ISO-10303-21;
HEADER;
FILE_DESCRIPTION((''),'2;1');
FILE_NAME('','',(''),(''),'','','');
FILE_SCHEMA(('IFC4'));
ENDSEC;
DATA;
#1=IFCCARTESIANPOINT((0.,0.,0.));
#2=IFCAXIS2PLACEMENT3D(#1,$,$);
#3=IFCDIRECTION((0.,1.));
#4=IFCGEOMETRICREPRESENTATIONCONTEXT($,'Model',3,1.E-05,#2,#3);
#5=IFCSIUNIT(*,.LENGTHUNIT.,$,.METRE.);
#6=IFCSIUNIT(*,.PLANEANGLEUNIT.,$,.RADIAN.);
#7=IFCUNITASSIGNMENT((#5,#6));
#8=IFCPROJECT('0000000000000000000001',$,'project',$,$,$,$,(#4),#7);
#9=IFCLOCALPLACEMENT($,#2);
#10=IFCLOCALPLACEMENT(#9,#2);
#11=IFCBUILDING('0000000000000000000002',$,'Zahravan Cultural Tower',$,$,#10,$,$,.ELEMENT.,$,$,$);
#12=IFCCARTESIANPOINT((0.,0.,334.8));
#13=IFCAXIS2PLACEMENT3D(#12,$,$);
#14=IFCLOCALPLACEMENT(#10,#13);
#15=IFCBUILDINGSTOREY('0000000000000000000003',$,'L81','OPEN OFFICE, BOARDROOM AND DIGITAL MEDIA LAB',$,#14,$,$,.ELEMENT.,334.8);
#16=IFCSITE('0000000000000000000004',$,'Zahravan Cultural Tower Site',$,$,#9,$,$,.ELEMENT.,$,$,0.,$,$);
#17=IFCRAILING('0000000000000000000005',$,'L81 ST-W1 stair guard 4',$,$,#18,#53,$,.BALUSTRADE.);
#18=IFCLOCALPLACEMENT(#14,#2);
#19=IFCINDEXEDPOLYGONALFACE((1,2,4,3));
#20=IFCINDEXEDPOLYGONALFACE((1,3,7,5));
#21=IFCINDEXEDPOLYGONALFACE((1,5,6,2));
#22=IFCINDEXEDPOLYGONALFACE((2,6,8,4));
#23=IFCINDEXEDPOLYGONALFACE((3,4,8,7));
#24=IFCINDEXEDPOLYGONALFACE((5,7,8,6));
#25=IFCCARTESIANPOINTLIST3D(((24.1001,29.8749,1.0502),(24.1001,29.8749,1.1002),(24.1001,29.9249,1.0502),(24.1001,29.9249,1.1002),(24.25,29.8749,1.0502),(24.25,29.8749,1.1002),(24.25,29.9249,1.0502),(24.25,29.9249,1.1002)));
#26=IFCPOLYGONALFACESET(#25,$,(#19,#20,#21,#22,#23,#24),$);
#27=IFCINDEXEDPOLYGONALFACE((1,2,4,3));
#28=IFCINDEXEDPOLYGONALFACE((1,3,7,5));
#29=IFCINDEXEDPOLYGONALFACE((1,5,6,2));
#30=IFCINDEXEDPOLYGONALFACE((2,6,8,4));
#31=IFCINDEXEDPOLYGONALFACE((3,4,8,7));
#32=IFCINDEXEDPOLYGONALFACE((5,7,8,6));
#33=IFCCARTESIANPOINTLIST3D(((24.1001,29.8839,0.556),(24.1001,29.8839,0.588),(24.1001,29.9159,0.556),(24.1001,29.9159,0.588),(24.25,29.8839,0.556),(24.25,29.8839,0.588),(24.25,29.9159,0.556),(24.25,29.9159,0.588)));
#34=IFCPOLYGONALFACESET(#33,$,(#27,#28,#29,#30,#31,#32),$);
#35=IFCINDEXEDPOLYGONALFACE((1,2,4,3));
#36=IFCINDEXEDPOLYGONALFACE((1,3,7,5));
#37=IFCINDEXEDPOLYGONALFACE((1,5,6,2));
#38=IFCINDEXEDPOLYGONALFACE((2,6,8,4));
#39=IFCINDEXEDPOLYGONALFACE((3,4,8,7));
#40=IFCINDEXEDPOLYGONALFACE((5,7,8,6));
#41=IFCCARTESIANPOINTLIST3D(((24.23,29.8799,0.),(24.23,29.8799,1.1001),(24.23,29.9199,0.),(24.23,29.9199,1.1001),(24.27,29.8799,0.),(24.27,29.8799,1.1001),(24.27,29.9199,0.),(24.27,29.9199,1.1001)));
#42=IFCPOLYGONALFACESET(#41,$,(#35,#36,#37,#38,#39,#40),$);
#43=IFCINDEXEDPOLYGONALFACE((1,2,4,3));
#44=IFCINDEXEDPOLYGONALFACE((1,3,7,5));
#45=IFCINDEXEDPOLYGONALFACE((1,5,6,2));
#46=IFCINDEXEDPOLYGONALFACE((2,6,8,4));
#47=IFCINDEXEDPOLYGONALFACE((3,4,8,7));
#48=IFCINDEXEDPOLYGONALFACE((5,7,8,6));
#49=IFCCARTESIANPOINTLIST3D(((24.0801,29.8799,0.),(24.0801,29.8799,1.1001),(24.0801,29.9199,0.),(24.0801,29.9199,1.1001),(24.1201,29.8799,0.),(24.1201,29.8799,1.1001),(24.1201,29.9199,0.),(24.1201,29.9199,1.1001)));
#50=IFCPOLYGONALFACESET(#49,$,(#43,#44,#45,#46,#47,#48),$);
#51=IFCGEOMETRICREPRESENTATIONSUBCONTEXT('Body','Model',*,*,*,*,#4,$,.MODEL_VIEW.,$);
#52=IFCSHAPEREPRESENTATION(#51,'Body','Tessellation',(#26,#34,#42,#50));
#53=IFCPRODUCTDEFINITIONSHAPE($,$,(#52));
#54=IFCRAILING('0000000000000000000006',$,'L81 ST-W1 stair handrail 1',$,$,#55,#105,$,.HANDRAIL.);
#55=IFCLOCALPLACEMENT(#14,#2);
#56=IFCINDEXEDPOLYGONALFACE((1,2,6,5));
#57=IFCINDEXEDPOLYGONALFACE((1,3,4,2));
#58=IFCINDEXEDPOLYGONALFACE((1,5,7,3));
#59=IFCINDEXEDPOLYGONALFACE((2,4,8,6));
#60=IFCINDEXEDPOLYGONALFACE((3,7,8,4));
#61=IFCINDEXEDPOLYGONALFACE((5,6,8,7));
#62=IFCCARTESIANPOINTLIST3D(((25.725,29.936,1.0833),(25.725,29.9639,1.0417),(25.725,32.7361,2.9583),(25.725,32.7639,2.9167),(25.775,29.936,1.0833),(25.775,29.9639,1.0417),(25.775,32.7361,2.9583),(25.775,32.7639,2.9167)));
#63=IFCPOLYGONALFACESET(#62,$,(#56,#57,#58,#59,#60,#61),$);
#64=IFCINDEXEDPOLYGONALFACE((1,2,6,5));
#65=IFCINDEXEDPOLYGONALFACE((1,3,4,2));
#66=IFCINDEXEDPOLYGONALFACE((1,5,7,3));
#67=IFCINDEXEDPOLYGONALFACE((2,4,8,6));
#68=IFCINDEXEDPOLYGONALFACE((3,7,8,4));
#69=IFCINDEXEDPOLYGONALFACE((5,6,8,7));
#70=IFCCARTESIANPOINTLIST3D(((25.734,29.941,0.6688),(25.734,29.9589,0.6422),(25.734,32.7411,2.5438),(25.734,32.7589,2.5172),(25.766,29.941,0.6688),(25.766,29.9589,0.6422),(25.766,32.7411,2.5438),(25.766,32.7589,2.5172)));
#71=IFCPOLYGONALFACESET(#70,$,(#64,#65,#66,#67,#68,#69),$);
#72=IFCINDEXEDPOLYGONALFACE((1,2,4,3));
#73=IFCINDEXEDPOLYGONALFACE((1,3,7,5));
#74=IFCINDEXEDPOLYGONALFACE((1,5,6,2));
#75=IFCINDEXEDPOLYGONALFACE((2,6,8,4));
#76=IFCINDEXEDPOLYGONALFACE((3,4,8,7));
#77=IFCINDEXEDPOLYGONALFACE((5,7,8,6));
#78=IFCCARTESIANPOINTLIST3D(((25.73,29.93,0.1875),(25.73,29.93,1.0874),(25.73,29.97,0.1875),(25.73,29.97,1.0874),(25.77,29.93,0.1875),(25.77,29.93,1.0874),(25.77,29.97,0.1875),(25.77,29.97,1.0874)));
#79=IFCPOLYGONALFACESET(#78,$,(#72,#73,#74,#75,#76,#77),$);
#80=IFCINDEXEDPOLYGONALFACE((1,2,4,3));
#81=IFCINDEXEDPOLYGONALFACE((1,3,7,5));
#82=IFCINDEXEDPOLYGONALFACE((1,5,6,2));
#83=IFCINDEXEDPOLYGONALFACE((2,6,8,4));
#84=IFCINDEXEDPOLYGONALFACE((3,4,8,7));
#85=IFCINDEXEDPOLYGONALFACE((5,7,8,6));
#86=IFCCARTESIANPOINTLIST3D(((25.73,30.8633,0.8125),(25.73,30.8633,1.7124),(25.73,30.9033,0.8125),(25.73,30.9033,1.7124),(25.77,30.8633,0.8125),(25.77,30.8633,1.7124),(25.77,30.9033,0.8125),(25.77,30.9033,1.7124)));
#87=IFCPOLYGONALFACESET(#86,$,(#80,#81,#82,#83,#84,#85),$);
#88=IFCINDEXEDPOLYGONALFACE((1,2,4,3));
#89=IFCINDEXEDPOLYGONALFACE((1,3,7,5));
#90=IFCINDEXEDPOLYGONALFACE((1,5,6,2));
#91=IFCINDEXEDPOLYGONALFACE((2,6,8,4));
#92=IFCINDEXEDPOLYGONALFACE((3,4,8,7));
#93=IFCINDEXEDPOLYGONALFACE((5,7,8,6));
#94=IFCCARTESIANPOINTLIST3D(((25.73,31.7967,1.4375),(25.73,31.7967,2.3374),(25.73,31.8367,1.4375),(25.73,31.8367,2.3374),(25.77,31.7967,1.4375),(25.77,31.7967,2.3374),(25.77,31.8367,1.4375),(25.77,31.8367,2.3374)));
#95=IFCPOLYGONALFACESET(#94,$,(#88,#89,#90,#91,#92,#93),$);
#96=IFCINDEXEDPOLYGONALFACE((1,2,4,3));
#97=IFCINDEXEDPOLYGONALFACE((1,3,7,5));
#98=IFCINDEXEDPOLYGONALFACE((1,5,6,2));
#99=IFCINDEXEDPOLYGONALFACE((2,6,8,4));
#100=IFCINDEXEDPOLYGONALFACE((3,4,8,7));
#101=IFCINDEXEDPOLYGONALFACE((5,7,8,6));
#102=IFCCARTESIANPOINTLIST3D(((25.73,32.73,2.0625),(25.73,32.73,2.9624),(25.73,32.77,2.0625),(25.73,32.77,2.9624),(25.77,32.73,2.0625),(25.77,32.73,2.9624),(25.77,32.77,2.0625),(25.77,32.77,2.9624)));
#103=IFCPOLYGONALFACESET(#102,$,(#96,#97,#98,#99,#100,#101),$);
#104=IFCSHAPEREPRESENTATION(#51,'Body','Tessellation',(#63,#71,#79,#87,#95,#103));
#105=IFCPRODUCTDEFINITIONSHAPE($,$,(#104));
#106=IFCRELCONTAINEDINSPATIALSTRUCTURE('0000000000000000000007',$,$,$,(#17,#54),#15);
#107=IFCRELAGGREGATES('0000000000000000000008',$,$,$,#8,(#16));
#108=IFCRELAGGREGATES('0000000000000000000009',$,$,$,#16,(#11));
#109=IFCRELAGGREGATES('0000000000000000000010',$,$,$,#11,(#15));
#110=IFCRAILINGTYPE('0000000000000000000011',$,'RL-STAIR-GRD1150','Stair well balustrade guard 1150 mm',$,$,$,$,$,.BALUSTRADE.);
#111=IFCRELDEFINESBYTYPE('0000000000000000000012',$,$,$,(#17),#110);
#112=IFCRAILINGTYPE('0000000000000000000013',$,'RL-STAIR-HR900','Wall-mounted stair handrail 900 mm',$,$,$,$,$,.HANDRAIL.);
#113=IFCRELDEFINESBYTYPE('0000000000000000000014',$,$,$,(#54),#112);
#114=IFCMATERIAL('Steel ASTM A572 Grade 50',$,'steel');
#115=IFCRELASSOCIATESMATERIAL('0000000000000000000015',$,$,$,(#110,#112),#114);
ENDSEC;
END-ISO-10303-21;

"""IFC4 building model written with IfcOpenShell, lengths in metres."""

from ifc_helpers import new_model, si_unit, direction, frame, origin, origin_2d, place, context, subcontext, project, spatial, rectangle, extrude, material, type_object, element, save


model = new_model("IFC4")

# Units and contexts
model_context = context("Model", 3, precision=1e-05, world=origin(), true_north=direction((0.0, 1.0)))
body_context = subcontext(model_context, "Body", "Model", "MODEL_VIEW")
ifc_project = project(units=[si_unit("LENGTHUNIT", "METRE"), si_unit("PLANEANGLEUNIT", "RADIAN")], contexts=[model_context])

# Site, building, storey
site_placement = place(None, origin())
site = spatial("IfcSite", under=ifc_project, at=site_placement, Name="Zahravan Cultural Tower Site", CompositionType="ELEMENT", RefElevation=0.0)
building_placement = place(site_placement, origin())
building = spatial("IfcBuilding", under=site, at=building_placement, Name="Zahravan Cultural Tower", CompositionType="ELEMENT")
storey_placement = place(building_placement, frame((0.0, 0.0, 334.8)))
storey = spatial("IfcBuildingStorey", under=building, at=storey_placement, Name="L81", Description="OPEN OFFICE, BOARDROOM AND DIGITAL MEDIA LAB", CompositionType="ELEMENT", Elevation=334.8)

# Shared definitions
ifc_material_1 = material(Name="Steel ASTM A572 Grade 50", Category="steel")

# Railings
railing_type_1 = type_object("IfcRailingType", Name="RL-STAIR-GRD1150", Description="Stair well balustrade guard 1150 mm", PredefinedType="BALUSTRADE", material=ifc_material_1)
railing_1_placement = place(storey_placement, frame((24.25, 29.8999, 0.0)))
element("IfcRailing", 1, at=railing_1_placement, inside=storey, type_object=railing_type_1, Name="L81 ST-W1 stair guard 4", PredefinedType="BALUSTRADE", context=body_context, shape_type="SweptSolid", body=[
    extrude(rectangle(XDim=0.05, YDim=0.05, at=origin_2d()), frame((0.0, 0.0, 1.0752), z_axis=(-1.0, 0.0, 0.0), x_axis=(0.0, -1.0, 0.0)), (0.0, 0.0, 1.0), 0.1499),
    extrude(rectangle(XDim=0.032, YDim=0.032, at=origin_2d()), frame((0.0, 0.0, 0.572), z_axis=(-1.0, 0.0, 0.0), x_axis=(0.0, -1.0, 0.0)), (0.0, 0.0, 1.0), 0.1499),
    extrude(rectangle(XDim=0.04, YDim=0.04, at=origin_2d()), origin(), (0.0, 0.0, 1.0), 1.1001),
    extrude(rectangle(XDim=0.04, YDim=0.04, at=origin_2d()), frame((-0.1499, 0.0, 0.0)), (0.0, 0.0, 1.0), 1.1001),
])
railing_type_2 = type_object("IfcRailingType", Name="RL-STAIR-HR900", Description="Wall-mounted stair handrail 900 mm", PredefinedType="HANDRAIL", material=ifc_material_1)
railing_2_placement = place(storey_placement, frame((25.75, 29.95, 0.1875)))
element("IfcRailing", 2, at=railing_2_placement, inside=storey, type_object=railing_type_2, Name="L81 ST-W1 stair handrail 1", PredefinedType="HANDRAIL", context=body_context, shape_type="SweptSolid", body=[
    extrude(rectangle(XDim=0.05, YDim=0.05, at=origin_2d()), frame((0.0, 0.0, 0.875), z_axis=(0.0, 0.830912, 0.556404), x_axis=(-1.0, 0.0, 0.0)), (0.0, 0.0, 1.0), 3.3699),
    extrude(rectangle(XDim=0.032, YDim=0.032, at=origin_2d()), frame((0.0, 0.0, 0.468), z_axis=(0.0, 0.830912, 0.556404), x_axis=(-1.0, 0.0, 0.0)), (0.0, 0.0, 1.0), 3.3699),
    extrude(rectangle(XDim=0.04, YDim=0.04, at=origin_2d()), origin(), (0.0, 0.0, 1.0), 0.8999),
    extrude(rectangle(XDim=0.04, YDim=0.04, at=origin_2d()), frame((0.0, 0.9333, 0.625)), (0.0, 0.0, 1.0), 0.8999),
    extrude(rectangle(XDim=0.04, YDim=0.04, at=origin_2d()), frame((0.0, 1.8667, 1.25)), (0.0, 0.0, 1.0), 0.8999),
    extrude(rectangle(XDim=0.04, YDim=0.04, at=origin_2d()), frame((0.0, 2.8, 1.875)), (0.0, 0.0, 1.0), 0.8999),
])

save(model, "model.ifc")
